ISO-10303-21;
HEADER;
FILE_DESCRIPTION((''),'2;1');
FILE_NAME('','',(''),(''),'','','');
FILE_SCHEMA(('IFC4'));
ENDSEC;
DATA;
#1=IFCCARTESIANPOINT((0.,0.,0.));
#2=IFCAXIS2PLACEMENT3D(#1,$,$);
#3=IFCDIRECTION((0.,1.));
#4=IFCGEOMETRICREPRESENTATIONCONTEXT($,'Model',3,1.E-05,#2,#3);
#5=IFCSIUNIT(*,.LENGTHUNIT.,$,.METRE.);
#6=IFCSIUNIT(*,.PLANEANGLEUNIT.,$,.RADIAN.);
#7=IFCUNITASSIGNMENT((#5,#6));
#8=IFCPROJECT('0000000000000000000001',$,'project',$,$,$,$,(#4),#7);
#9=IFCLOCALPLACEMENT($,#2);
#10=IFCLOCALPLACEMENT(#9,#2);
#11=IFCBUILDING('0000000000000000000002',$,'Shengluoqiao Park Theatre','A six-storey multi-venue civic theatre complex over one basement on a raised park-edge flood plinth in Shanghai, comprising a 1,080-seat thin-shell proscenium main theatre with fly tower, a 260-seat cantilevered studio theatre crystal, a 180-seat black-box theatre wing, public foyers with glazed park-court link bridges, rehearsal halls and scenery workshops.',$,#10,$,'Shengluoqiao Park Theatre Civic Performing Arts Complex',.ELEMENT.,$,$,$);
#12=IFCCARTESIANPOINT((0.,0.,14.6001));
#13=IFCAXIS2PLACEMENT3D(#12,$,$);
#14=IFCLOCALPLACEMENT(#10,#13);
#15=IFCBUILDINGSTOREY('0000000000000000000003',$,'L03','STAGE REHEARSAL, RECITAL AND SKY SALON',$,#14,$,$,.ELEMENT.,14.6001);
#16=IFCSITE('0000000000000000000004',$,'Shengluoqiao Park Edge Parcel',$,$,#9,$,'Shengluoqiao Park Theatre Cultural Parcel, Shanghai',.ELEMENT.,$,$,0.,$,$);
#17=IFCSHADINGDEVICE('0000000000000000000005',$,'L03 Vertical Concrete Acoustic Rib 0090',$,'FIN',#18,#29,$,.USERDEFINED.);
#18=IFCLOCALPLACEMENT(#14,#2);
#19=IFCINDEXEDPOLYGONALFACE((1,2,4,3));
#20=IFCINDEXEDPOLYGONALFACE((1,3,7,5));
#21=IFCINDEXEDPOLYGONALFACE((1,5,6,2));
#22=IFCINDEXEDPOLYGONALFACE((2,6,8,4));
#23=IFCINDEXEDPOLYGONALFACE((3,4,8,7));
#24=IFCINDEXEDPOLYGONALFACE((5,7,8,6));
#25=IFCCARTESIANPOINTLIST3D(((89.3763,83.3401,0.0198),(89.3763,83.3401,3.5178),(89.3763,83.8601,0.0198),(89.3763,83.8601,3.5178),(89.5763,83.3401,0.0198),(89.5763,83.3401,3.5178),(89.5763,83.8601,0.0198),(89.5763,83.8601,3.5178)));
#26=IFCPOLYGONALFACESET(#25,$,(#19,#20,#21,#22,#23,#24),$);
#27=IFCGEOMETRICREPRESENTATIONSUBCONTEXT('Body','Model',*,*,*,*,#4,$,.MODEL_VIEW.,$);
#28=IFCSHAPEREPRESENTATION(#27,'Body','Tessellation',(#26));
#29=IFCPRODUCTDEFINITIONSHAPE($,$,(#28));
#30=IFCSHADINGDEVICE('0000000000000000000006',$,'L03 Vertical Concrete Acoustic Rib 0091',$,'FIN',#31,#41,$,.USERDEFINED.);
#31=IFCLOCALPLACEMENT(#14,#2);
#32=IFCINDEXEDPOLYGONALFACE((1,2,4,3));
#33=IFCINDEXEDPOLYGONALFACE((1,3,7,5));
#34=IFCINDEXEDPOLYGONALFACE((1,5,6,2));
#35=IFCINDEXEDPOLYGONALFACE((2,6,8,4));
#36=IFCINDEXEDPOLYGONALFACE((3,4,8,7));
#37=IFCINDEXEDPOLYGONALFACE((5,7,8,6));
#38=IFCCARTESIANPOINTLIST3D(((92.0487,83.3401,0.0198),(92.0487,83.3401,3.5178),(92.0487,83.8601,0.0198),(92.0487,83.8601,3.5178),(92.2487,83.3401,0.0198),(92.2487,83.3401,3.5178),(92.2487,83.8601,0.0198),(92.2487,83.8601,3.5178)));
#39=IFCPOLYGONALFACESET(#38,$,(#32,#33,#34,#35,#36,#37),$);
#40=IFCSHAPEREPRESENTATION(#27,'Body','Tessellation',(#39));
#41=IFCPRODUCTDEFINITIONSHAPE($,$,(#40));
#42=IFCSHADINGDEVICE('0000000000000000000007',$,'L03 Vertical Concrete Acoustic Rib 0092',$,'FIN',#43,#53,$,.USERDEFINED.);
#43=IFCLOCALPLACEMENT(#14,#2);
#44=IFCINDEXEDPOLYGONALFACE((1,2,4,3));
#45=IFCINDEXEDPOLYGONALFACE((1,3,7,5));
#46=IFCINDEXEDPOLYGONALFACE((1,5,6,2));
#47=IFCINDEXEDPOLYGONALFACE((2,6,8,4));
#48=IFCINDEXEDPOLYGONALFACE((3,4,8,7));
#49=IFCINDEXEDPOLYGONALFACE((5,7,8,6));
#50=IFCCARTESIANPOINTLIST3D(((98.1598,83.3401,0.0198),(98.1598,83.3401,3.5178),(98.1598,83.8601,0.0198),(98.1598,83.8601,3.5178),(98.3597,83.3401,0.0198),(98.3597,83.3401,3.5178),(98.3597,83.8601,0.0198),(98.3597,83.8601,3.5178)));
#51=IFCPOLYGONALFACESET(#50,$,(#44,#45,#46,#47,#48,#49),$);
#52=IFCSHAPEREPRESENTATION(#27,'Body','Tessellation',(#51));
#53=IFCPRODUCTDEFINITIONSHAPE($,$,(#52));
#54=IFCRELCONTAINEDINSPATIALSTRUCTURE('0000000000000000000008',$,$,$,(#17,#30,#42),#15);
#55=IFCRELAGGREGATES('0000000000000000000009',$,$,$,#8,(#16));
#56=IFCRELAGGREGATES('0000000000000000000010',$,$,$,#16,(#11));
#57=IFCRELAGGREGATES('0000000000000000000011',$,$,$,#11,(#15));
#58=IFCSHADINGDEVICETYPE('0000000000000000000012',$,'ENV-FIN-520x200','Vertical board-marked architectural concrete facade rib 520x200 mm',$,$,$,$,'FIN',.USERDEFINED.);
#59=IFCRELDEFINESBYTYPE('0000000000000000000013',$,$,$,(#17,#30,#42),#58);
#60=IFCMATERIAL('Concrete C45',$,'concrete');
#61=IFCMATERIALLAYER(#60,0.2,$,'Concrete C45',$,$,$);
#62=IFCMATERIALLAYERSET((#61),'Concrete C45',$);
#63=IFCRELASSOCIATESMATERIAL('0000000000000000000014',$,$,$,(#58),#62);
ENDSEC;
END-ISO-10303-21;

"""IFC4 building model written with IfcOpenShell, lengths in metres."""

from ifc_helpers import new_model, si_unit, direction, frame, origin, origin_2d, place, context, subcontext, project, spatial, rectangle, extrude, material, layer, layer_set, type_object, element, save


model = new_model("IFC4")

# Units and contexts
model_context = context("Model", 3, precision=1e-05, world=origin(), true_north=direction((0.0, 1.0)))
body_context = subcontext(model_context, "Body", "Model", "MODEL_VIEW")
ifc_project = project(units=[si_unit("LENGTHUNIT", "METRE"), si_unit("PLANEANGLEUNIT", "RADIAN")], contexts=[model_context])

# Site, building, storey
site_placement = place(None, origin())
site = spatial("IfcSite", under=ifc_project, at=site_placement, Name="Shengluoqiao Park Edge Parcel", LongName="Shengluoqiao Park Theatre Cultural Parcel, Shanghai", CompositionType="ELEMENT", RefElevation=0.0)
building_placement = place(site_placement, origin())
building = spatial("IfcBuilding", under=site, at=building_placement, Name="Shengluoqiao Park Theatre", Description="A six-storey multi-venue civic theatre complex over one basement on a raised park-edge flood plinth in Shanghai, comprising a 1,080-seat thin-shell proscenium main theatre with fly tower, a 260-seat cantilevered studio theatre crystal, a 180-seat black-box theatre wing, public foyers with glazed park-court link bridges, rehearsal halls and scenery workshops.", LongName="Shengluoqiao Park Theatre Civic Performing Arts Complex", CompositionType="ELEMENT")
storey_placement = place(building_placement, frame((0.0, 0.0, 14.6001)))
storey = spatial("IfcBuildingStorey", under=building, at=storey_placement, Name="L03", Description="STAGE REHEARSAL, RECITAL AND SKY SALON", CompositionType="ELEMENT", Elevation=14.6001)

# Shared definitions
ifc_material_1 = material(Name="Concrete C45", Category="concrete")

# Shading devices
ifc_layer_1 = layer(ifc_material_1, 0.2, Name="Concrete C45")
ifc_layer_set_1 = layer_set([ifc_layer_1], Name="Concrete C45")
shading_device_type = type_object("IfcShadingDeviceType", Name="ENV-FIN-520x200", Description="Vertical board-marked architectural concrete facade rib 520x200 mm", ElementType="FIN", PredefinedType="USERDEFINED", material=ifc_layer_set_1)
for number, where, z_axis, x_axis, name in (
    (1, (89.4763, 83.6001, 0.0198), (0.0, 0.0, 1.0), (0.0, -1.0, 0.0), "L03 Vertical Concrete Acoustic Rib 0090"),
    (2, (92.1487, 83.6001, 0.0198), (0.0, 0.0, 1.0), (0.0, -1.0, 0.0), "L03 Vertical Concrete Acoustic Rib 0091"),
    (3, (98.2598, 83.6001, 0.0198), (0.0, 0.0, 1.0), (0.0, -1.0, 0.0), "L03 Vertical Concrete Acoustic Rib 0092"),
):
    element("IfcShadingDevice", number, at=place(storey_placement, frame(where, z_axis=z_axis, x_axis=x_axis)), inside=storey, type_object=shading_device_type, Name=name, ObjectType="FIN", PredefinedType="USERDEFINED", context=body_context, shape_type="SweptSolid", body=[
        extrude(rectangle(XDim=0.52, YDim=0.2, at=origin_2d()), origin(), (0.0, 0.0, 1.0), 3.498),
    ])

save(model, "model.ifc")
